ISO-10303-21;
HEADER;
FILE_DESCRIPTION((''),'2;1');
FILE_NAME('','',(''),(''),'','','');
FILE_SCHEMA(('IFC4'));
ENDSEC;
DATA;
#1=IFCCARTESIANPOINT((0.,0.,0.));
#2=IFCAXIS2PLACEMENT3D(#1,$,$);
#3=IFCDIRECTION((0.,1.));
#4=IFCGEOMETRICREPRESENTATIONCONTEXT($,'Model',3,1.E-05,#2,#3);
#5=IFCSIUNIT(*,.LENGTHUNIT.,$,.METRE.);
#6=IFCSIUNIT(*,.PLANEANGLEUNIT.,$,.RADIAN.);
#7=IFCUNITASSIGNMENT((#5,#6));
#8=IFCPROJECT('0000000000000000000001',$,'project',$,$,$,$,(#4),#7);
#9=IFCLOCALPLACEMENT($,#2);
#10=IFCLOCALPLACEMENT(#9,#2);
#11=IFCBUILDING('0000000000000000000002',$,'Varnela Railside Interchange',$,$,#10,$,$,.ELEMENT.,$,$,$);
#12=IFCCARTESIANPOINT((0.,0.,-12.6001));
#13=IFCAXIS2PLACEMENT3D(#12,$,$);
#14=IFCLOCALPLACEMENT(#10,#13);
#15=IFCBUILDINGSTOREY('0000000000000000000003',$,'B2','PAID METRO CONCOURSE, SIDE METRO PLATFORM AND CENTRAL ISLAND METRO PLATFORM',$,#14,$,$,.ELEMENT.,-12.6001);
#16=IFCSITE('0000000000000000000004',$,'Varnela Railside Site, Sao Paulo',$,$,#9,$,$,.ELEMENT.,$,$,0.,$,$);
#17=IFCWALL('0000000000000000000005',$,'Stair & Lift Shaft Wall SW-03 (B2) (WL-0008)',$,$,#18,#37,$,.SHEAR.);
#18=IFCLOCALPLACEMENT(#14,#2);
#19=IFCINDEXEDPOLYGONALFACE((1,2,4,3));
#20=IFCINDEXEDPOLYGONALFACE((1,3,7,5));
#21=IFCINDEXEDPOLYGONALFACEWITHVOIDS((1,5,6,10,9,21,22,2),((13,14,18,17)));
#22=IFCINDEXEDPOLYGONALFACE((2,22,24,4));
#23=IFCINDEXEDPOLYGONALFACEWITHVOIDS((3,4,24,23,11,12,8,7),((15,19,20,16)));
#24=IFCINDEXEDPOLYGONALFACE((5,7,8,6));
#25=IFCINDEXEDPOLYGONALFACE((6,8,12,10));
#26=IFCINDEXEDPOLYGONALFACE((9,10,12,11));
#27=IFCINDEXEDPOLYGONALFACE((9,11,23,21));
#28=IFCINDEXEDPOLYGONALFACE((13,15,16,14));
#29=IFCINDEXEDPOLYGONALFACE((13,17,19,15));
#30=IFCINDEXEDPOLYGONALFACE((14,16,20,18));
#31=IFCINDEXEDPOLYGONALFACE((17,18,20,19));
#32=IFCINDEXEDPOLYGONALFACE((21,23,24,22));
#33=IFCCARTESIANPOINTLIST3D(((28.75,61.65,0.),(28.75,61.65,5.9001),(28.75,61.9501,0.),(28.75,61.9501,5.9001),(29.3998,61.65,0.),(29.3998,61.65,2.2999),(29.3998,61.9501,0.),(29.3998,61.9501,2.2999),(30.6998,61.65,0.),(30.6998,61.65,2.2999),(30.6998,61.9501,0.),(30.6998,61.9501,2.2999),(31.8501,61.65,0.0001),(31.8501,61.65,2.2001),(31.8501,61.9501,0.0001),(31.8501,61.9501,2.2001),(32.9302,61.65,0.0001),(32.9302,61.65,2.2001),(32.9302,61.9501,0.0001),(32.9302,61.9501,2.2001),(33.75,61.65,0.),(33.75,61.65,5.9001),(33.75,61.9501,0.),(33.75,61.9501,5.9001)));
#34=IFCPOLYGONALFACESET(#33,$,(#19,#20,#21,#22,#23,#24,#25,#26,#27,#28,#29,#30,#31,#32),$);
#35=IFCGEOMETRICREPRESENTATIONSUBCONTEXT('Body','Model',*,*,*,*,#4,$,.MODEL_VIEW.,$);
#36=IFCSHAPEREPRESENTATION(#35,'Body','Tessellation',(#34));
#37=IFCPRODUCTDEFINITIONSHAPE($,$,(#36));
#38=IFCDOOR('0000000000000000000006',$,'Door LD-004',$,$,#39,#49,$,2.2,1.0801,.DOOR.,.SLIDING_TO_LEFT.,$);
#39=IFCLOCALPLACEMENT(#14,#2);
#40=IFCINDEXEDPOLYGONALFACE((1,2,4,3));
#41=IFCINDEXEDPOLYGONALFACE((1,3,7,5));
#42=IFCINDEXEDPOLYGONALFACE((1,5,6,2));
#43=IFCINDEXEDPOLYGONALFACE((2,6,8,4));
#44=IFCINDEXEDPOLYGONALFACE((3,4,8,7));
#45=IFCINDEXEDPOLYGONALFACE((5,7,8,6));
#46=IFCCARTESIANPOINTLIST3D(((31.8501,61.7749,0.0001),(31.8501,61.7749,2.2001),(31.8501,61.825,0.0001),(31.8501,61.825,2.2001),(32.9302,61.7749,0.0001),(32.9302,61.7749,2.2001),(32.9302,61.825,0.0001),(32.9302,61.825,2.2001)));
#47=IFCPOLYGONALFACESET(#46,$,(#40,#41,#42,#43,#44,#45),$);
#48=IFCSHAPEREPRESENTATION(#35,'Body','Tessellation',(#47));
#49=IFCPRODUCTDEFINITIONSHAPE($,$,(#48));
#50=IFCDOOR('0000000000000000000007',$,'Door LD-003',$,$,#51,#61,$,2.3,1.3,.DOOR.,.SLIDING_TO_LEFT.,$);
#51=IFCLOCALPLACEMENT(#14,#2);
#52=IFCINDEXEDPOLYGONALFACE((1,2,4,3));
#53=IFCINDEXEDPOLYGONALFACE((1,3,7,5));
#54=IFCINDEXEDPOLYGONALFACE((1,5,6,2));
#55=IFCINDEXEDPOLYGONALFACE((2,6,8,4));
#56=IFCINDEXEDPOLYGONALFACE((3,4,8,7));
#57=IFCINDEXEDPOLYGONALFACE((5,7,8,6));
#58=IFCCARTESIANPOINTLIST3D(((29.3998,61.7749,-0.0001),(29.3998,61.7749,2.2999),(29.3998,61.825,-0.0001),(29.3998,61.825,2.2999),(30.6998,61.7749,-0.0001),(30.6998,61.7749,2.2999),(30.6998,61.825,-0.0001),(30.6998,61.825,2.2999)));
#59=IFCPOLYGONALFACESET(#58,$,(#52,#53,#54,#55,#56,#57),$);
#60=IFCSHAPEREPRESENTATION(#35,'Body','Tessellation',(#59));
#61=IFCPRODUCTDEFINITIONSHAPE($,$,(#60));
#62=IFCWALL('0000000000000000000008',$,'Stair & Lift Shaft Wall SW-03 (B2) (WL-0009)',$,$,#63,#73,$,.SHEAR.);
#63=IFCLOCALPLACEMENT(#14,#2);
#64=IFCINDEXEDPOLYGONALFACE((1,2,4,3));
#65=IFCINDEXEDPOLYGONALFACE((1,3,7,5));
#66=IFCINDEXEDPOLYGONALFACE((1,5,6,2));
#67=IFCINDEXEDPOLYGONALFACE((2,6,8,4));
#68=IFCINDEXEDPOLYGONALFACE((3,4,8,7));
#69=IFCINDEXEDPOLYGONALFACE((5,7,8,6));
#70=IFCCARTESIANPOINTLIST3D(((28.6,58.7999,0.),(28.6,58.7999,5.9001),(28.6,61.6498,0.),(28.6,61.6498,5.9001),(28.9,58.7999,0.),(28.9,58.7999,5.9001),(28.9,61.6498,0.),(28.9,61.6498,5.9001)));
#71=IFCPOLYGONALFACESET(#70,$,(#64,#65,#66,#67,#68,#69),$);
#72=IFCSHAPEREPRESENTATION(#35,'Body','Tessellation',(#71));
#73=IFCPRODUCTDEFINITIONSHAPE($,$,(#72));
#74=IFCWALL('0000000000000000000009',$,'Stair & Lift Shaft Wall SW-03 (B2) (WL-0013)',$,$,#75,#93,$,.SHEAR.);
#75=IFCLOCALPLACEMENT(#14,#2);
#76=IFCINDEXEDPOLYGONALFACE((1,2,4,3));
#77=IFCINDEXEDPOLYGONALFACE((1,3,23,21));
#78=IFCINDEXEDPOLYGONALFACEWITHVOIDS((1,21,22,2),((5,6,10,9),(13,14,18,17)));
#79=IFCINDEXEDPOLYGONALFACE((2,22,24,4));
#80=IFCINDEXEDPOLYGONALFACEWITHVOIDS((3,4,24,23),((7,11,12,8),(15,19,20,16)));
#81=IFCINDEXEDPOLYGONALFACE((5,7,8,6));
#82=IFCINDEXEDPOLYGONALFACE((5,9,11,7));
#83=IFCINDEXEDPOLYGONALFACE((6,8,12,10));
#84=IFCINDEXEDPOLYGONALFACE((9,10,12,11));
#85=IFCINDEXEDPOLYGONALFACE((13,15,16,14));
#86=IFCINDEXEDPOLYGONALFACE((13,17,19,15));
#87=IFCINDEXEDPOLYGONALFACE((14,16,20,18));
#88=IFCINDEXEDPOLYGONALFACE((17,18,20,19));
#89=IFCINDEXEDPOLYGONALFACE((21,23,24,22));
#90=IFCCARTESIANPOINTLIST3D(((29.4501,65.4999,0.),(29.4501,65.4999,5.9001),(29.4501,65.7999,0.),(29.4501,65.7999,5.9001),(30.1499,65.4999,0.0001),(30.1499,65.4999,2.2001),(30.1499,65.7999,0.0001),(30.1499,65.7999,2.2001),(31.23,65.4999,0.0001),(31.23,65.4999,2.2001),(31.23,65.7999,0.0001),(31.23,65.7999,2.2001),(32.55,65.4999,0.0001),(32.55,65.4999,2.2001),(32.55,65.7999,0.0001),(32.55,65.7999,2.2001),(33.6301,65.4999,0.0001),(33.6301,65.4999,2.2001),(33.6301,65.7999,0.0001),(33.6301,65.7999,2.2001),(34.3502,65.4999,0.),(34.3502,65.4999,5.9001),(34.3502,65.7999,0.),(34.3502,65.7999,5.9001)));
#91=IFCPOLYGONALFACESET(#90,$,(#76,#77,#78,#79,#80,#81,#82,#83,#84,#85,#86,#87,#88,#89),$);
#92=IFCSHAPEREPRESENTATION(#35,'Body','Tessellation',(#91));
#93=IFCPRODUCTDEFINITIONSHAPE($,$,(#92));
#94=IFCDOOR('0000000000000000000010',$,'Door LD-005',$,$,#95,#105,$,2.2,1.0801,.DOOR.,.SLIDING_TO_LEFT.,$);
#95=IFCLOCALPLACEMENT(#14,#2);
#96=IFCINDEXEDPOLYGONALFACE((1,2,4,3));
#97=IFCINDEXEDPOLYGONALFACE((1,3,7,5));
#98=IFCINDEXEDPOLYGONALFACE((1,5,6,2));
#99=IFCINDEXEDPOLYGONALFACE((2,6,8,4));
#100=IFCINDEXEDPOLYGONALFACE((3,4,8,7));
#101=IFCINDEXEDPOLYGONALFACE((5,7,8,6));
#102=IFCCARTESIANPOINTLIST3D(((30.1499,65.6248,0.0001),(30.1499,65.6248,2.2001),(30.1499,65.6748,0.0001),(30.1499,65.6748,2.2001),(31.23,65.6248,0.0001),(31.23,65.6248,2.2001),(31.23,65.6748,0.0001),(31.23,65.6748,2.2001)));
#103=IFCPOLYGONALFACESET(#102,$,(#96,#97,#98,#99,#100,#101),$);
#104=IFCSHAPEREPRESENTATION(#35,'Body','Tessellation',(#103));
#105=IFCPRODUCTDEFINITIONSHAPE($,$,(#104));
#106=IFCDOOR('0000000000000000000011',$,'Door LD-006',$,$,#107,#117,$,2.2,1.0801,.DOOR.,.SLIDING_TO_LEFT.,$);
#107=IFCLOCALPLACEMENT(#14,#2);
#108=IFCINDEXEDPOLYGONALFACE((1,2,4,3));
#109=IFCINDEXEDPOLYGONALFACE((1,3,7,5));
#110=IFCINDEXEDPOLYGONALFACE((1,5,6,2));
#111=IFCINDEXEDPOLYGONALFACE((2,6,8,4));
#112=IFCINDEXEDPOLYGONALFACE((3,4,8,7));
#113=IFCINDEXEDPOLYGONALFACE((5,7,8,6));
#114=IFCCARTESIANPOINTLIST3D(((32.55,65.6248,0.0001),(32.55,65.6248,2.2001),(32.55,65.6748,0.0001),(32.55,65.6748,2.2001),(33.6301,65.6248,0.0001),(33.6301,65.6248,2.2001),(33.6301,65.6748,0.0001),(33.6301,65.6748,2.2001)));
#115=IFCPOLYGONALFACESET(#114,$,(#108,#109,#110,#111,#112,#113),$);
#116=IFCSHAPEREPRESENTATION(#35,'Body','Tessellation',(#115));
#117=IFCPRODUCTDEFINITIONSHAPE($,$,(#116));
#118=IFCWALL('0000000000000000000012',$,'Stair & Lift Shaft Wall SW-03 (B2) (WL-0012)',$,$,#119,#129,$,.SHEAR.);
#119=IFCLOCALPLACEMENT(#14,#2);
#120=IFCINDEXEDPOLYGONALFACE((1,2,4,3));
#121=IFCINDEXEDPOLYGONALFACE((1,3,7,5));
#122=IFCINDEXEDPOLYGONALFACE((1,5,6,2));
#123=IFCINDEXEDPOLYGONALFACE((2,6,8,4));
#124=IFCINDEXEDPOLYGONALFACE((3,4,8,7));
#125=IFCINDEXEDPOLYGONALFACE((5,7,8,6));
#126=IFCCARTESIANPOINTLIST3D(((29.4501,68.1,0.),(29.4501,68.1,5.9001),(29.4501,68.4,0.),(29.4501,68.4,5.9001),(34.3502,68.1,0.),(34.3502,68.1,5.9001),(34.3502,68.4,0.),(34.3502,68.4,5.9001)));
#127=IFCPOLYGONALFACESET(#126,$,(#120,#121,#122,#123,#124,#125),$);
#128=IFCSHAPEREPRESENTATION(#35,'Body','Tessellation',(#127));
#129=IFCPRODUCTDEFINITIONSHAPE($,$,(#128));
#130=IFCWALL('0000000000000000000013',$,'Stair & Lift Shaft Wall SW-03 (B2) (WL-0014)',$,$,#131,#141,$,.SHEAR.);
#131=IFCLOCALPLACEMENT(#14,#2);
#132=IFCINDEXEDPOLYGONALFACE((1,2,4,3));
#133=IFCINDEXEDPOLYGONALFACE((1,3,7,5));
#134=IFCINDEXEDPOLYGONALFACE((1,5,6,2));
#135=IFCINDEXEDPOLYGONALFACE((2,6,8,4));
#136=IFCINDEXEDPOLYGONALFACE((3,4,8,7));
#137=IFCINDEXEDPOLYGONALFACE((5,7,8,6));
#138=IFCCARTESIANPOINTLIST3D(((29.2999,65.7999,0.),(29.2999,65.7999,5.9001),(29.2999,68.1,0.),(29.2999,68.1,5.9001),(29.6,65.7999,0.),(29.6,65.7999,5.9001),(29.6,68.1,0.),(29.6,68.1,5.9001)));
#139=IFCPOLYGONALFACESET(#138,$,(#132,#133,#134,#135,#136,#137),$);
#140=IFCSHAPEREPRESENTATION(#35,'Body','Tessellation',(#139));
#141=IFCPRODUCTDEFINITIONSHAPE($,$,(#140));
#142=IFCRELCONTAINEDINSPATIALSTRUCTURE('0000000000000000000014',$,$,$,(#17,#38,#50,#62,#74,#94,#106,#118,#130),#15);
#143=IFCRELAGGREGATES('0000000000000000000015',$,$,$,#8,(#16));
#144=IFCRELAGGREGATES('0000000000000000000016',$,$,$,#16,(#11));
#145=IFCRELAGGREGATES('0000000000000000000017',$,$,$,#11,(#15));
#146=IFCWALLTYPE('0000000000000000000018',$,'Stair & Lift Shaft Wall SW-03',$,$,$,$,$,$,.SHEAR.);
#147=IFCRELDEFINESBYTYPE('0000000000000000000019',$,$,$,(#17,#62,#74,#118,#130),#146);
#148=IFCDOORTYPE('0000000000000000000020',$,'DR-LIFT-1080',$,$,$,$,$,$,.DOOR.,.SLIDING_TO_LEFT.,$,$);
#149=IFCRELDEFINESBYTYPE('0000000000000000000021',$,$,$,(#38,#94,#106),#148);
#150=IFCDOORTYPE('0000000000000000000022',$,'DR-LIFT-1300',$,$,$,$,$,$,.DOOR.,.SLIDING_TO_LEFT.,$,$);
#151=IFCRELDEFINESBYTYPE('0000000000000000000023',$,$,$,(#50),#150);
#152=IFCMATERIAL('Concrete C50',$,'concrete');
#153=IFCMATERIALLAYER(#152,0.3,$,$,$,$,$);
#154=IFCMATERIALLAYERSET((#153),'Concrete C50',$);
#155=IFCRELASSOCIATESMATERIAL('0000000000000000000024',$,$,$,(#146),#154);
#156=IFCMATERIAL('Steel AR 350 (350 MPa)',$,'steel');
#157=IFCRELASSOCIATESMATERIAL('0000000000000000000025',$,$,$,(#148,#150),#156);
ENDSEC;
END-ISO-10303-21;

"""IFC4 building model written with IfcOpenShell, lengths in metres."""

from ifc_helpers import new_model, si_unit, direction, frame, frame_2d, origin, place, context, subcontext, project, spatial, rectangle, extrude, material, layer, layer_set, type_object, element, fill, save


model = new_model("IFC4")

# Units and contexts
model_context = context("Model", 3, precision=1e-05, world=origin(), true_north=direction((0.0, 1.0)))
body_context = subcontext(model_context, "Body", "Model", "MODEL_VIEW")
ifc_project = project(units=[si_unit("LENGTHUNIT", "METRE"), si_unit("PLANEANGLEUNIT", "RADIAN")], contexts=[model_context])

# Site, building, storey
site_placement = place(None, origin())
site = spatial("IfcSite", under=ifc_project, at=site_placement, Name="Varnela Railside Site, Sao Paulo", CompositionType="ELEMENT", RefElevation=0.0)
building_placement = place(site_placement, origin())
building = spatial("IfcBuilding", under=site, at=building_placement, Name="Varnela Railside Interchange", CompositionType="ELEMENT")
storey_placement = place(building_placement, frame((0.0, 0.0, -12.6001)))
storey = spatial("IfcBuildingStorey", under=building, at=storey_placement, Name="B2", Description="PAID METRO CONCOURSE, SIDE METRO PLATFORM AND CENTRAL ISLAND METRO PLATFORM", CompositionType="ELEMENT", Elevation=-12.6001)

# Shared definitions
ifc_material_1 = material(Name="Concrete C50", Category="concrete")
ifc_layer = layer(ifc_material_1, 0.3)
ifc_layer_set = layer_set([ifc_layer], Name="Concrete C50")
wall_type = type_object("IfcWallType", Name="Stair & Lift Shaft Wall SW-03", PredefinedType="SHEAR", material=ifc_layer_set)
ifc_material_2 = material(Name="Steel AR 350 (350 MPa)", Category="steel")

# Wall, openings, doors
door_type_1 = type_object("IfcDoorType", Name="DR-LIFT-1080", OperationType="SLIDING_TO_LEFT", PredefinedType="DOOR", material=ifc_material_2)
wall_1_placement = place(storey_placement, frame((28.75, 61.8, 0.0), z_axis=(0.0, 0.0, 1.0), x_axis=(1.0, 0.0, 0.0)))
wall_1 = element("IfcWall", 1, at=wall_1_placement, inside=storey, type_object=wall_type, Name="Stair & Lift Shaft Wall SW-03 (B2) (WL-0008)", PredefinedType="SHEAR", context=body_context, shape_type="SweptSolid", body=[
    extrude(rectangle(XDim=5.0, YDim=0.3, at=frame_2d((2.5, 0.0))), origin(), (0.0, 0.0, 1.0), 5.9001),
])
opening_1_placement = place(wall_1_placement, frame((0.6499, 0.0, 0.0)))
opening_1 = element("IfcOpeningElement", 2, at=opening_1_placement, cuts=wall_1, PredefinedType="OPENING", context=body_context, shape_type="SweptSolid", body=[
    extrude(rectangle(XDim=1.3, YDim=2.3, at=frame_2d((0.6499, 1.1499))), frame((0.0, 0.1599, 0.0), z_axis=(0.0, -1.0, 0.0), x_axis=(1.0, 0.0, 0.0)), (0.0, 0.0, 1.0), 0.3201),
])
opening_2_placement = place(wall_1_placement, frame((3.1001, 0.0, 0.0)))
opening_2 = element("IfcOpeningElement", 3, at=opening_2_placement, cuts=wall_1, PredefinedType="OPENING", context=body_context, shape_type="SweptSolid", body=[
    extrude(rectangle(XDim=1.0801, YDim=2.2, at=frame_2d((0.54, 1.1001))), frame((0.0, 0.1599, 0.0), z_axis=(0.0, -1.0, 0.0), x_axis=(1.0, 0.0, 0.0)), (0.0, 0.0, 1.0), 0.3201),
])
door_1_placement = place(opening_2_placement, origin())
door_1 = element("IfcDoor", 4, at=door_1_placement, inside=storey, type_object=door_type_1, Name="Door LD-004", OperationType="SLIDING_TO_LEFT", OverallHeight=2.2, OverallWidth=1.0801, PredefinedType="DOOR", context=body_context, shape_type="SweptSolid", body=[
    extrude(rectangle(XDim=1.0801, YDim=2.2, at=frame_2d((0.54, 1.1001))), frame((0.0, 0.0249, 0.0), z_axis=(0.0, -1.0, 0.0), x_axis=(1.0, 0.0, 0.0)), (0.0, 0.0, 1.0), 0.05),
])
fill(opening_2, door_1)
door_type_2 = type_object("IfcDoorType", Name="DR-LIFT-1300", OperationType="SLIDING_TO_LEFT", PredefinedType="DOOR", material=ifc_material_2)
door_2_placement = place(opening_1_placement, origin())
door_2 = element("IfcDoor", 5, at=door_2_placement, inside=storey, type_object=door_type_2, Name="Door LD-003", OperationType="SLIDING_TO_LEFT", OverallHeight=2.3, OverallWidth=1.3, PredefinedType="DOOR", context=body_context, shape_type="SweptSolid", body=[
    extrude(rectangle(XDim=1.3, YDim=2.3, at=frame_2d((0.6499, 1.1499))), frame((0.0, 0.0249, 0.0), z_axis=(0.0, -1.0, 0.0), x_axis=(1.0, 0.0, 0.0)), (0.0, 0.0, 1.0), 0.05),
])
fill(opening_1, door_2)

# Wall
wall_2_placement = place(storey_placement, frame((28.75, 58.8, 0.0), z_axis=(0.0, 0.0, 1.0), x_axis=(0.0, 1.0, 0.0)))
element("IfcWall", 6, at=wall_2_placement, inside=storey, type_object=wall_type, Name="Stair & Lift Shaft Wall SW-03 (B2) (WL-0009)", PredefinedType="SHEAR", context=body_context, shape_type="SweptSolid", body=[
    extrude(rectangle(XDim=2.8499, YDim=0.3, at=frame_2d((1.4248, 0.0))), origin(), (0.0, 0.0, 1.0), 5.9001),
])

# Wall, openings, doors
wall_3_placement = place(storey_placement, frame((29.45, 65.6499, 0.0), z_axis=(0.0, 0.0, 1.0), x_axis=(1.0, 0.0, 0.0)))
wall_3 = element("IfcWall", 7, at=wall_3_placement, inside=storey, type_object=wall_type, Name="Stair & Lift Shaft Wall SW-03 (B2) (WL-0013)", PredefinedType="SHEAR", context=body_context, shape_type="SweptSolid", body=[
    extrude(rectangle(XDim=4.9001, YDim=0.3, at=frame_2d((2.4502, 0.0))), origin(), (0.0, 0.0, 1.0), 5.9001),
])
opening_3_placement = place(wall_3_placement, frame((0.7, 0.0, 0.0)))
opening_3 = element("IfcOpeningElement", 8, at=opening_3_placement, cuts=wall_3, PredefinedType="OPENING", context=body_context, shape_type="SweptSolid", body=[
    extrude(rectangle(XDim=1.0801, YDim=2.2, at=frame_2d((0.54, 1.1001))), frame((0.0, 0.1599, 0.0), z_axis=(0.0, -1.0, 0.0), x_axis=(1.0, 0.0, 0.0)), (0.0, 0.0, 1.0), 0.3201),
])
opening_4_placement = place(wall_3_placement, frame((3.1001, 0.0, 0.0)))
opening_4 = element("IfcOpeningElement", 9, at=opening_4_placement, cuts=wall_3, PredefinedType="OPENING", context=body_context, shape_type="SweptSolid", body=[
    extrude(rectangle(XDim=1.0801, YDim=2.2, at=frame_2d((0.54, 1.1001))), frame((0.0, 0.1599, 0.0), z_axis=(0.0, -1.0, 0.0), x_axis=(1.0, 0.0, 0.0)), (0.0, 0.0, 1.0), 0.3201),
])
door_3_placement = place(opening_3_placement, origin())
door_3 = element("IfcDoor", 10, at=door_3_placement, inside=storey, type_object=door_type_1, Name="Door LD-005", OperationType="SLIDING_TO_LEFT", OverallHeight=2.2, OverallWidth=1.0801, PredefinedType="DOOR", context=body_context, shape_type="SweptSolid", body=[
    extrude(rectangle(XDim=1.0801, YDim=2.2, at=frame_2d((0.54, 1.1001))), frame((0.0, 0.0249, 0.0), z_axis=(0.0, -1.0, 0.0), x_axis=(1.0, 0.0, 0.0)), (0.0, 0.0, 1.0), 0.05),
])
fill(opening_3, door_3)
door_4_placement = place(opening_4_placement, origin())
door_4 = element("IfcDoor", 11, at=door_4_placement, inside=storey, type_object=door_type_1, Name="Door LD-006", OperationType="SLIDING_TO_LEFT", OverallHeight=2.2, OverallWidth=1.0801, PredefinedType="DOOR", context=body_context, shape_type="SweptSolid", body=[
    extrude(rectangle(XDim=1.0801, YDim=2.2, at=frame_2d((0.54, 1.1001))), frame((0.0, 0.0249, 0.0), z_axis=(0.0, -1.0, 0.0), x_axis=(1.0, 0.0, 0.0)), (0.0, 0.0, 1.0), 0.05),
])
fill(opening_4, door_4)

# Walls
wall_4_placement = place(storey_placement, frame((29.45, 68.25, 0.0), z_axis=(0.0, 0.0, 1.0), x_axis=(1.0, 0.0, 0.0)))
element("IfcWall", 12, at=wall_4_placement, inside=storey, type_object=wall_type, Name="Stair & Lift Shaft Wall SW-03 (B2) (WL-0012)", PredefinedType="SHEAR", context=body_context, shape_type="SweptSolid", body=[
    extrude(rectangle(XDim=4.9001, YDim=0.3, at=frame_2d((2.4502, 0.0))), origin(), (0.0, 0.0, 1.0), 5.9001),
])
wall_5_placement = place(storey_placement, frame((29.45, 65.8, 0.0), z_axis=(0.0, 0.0, 1.0), x_axis=(0.0, 1.0, 0.0)))
element("IfcWall", 13, at=wall_5_placement, inside=storey, type_object=wall_type, Name="Stair & Lift Shaft Wall SW-03 (B2) (WL-0014)", PredefinedType="SHEAR", context=body_context, shape_type="SweptSolid", body=[
    extrude(rectangle(XDim=2.3, YDim=0.3, at=frame_2d((1.1499, 0.0))), origin(), (0.0, 0.0, 1.0), 5.9001),
])

save(model, "model.ifc")
